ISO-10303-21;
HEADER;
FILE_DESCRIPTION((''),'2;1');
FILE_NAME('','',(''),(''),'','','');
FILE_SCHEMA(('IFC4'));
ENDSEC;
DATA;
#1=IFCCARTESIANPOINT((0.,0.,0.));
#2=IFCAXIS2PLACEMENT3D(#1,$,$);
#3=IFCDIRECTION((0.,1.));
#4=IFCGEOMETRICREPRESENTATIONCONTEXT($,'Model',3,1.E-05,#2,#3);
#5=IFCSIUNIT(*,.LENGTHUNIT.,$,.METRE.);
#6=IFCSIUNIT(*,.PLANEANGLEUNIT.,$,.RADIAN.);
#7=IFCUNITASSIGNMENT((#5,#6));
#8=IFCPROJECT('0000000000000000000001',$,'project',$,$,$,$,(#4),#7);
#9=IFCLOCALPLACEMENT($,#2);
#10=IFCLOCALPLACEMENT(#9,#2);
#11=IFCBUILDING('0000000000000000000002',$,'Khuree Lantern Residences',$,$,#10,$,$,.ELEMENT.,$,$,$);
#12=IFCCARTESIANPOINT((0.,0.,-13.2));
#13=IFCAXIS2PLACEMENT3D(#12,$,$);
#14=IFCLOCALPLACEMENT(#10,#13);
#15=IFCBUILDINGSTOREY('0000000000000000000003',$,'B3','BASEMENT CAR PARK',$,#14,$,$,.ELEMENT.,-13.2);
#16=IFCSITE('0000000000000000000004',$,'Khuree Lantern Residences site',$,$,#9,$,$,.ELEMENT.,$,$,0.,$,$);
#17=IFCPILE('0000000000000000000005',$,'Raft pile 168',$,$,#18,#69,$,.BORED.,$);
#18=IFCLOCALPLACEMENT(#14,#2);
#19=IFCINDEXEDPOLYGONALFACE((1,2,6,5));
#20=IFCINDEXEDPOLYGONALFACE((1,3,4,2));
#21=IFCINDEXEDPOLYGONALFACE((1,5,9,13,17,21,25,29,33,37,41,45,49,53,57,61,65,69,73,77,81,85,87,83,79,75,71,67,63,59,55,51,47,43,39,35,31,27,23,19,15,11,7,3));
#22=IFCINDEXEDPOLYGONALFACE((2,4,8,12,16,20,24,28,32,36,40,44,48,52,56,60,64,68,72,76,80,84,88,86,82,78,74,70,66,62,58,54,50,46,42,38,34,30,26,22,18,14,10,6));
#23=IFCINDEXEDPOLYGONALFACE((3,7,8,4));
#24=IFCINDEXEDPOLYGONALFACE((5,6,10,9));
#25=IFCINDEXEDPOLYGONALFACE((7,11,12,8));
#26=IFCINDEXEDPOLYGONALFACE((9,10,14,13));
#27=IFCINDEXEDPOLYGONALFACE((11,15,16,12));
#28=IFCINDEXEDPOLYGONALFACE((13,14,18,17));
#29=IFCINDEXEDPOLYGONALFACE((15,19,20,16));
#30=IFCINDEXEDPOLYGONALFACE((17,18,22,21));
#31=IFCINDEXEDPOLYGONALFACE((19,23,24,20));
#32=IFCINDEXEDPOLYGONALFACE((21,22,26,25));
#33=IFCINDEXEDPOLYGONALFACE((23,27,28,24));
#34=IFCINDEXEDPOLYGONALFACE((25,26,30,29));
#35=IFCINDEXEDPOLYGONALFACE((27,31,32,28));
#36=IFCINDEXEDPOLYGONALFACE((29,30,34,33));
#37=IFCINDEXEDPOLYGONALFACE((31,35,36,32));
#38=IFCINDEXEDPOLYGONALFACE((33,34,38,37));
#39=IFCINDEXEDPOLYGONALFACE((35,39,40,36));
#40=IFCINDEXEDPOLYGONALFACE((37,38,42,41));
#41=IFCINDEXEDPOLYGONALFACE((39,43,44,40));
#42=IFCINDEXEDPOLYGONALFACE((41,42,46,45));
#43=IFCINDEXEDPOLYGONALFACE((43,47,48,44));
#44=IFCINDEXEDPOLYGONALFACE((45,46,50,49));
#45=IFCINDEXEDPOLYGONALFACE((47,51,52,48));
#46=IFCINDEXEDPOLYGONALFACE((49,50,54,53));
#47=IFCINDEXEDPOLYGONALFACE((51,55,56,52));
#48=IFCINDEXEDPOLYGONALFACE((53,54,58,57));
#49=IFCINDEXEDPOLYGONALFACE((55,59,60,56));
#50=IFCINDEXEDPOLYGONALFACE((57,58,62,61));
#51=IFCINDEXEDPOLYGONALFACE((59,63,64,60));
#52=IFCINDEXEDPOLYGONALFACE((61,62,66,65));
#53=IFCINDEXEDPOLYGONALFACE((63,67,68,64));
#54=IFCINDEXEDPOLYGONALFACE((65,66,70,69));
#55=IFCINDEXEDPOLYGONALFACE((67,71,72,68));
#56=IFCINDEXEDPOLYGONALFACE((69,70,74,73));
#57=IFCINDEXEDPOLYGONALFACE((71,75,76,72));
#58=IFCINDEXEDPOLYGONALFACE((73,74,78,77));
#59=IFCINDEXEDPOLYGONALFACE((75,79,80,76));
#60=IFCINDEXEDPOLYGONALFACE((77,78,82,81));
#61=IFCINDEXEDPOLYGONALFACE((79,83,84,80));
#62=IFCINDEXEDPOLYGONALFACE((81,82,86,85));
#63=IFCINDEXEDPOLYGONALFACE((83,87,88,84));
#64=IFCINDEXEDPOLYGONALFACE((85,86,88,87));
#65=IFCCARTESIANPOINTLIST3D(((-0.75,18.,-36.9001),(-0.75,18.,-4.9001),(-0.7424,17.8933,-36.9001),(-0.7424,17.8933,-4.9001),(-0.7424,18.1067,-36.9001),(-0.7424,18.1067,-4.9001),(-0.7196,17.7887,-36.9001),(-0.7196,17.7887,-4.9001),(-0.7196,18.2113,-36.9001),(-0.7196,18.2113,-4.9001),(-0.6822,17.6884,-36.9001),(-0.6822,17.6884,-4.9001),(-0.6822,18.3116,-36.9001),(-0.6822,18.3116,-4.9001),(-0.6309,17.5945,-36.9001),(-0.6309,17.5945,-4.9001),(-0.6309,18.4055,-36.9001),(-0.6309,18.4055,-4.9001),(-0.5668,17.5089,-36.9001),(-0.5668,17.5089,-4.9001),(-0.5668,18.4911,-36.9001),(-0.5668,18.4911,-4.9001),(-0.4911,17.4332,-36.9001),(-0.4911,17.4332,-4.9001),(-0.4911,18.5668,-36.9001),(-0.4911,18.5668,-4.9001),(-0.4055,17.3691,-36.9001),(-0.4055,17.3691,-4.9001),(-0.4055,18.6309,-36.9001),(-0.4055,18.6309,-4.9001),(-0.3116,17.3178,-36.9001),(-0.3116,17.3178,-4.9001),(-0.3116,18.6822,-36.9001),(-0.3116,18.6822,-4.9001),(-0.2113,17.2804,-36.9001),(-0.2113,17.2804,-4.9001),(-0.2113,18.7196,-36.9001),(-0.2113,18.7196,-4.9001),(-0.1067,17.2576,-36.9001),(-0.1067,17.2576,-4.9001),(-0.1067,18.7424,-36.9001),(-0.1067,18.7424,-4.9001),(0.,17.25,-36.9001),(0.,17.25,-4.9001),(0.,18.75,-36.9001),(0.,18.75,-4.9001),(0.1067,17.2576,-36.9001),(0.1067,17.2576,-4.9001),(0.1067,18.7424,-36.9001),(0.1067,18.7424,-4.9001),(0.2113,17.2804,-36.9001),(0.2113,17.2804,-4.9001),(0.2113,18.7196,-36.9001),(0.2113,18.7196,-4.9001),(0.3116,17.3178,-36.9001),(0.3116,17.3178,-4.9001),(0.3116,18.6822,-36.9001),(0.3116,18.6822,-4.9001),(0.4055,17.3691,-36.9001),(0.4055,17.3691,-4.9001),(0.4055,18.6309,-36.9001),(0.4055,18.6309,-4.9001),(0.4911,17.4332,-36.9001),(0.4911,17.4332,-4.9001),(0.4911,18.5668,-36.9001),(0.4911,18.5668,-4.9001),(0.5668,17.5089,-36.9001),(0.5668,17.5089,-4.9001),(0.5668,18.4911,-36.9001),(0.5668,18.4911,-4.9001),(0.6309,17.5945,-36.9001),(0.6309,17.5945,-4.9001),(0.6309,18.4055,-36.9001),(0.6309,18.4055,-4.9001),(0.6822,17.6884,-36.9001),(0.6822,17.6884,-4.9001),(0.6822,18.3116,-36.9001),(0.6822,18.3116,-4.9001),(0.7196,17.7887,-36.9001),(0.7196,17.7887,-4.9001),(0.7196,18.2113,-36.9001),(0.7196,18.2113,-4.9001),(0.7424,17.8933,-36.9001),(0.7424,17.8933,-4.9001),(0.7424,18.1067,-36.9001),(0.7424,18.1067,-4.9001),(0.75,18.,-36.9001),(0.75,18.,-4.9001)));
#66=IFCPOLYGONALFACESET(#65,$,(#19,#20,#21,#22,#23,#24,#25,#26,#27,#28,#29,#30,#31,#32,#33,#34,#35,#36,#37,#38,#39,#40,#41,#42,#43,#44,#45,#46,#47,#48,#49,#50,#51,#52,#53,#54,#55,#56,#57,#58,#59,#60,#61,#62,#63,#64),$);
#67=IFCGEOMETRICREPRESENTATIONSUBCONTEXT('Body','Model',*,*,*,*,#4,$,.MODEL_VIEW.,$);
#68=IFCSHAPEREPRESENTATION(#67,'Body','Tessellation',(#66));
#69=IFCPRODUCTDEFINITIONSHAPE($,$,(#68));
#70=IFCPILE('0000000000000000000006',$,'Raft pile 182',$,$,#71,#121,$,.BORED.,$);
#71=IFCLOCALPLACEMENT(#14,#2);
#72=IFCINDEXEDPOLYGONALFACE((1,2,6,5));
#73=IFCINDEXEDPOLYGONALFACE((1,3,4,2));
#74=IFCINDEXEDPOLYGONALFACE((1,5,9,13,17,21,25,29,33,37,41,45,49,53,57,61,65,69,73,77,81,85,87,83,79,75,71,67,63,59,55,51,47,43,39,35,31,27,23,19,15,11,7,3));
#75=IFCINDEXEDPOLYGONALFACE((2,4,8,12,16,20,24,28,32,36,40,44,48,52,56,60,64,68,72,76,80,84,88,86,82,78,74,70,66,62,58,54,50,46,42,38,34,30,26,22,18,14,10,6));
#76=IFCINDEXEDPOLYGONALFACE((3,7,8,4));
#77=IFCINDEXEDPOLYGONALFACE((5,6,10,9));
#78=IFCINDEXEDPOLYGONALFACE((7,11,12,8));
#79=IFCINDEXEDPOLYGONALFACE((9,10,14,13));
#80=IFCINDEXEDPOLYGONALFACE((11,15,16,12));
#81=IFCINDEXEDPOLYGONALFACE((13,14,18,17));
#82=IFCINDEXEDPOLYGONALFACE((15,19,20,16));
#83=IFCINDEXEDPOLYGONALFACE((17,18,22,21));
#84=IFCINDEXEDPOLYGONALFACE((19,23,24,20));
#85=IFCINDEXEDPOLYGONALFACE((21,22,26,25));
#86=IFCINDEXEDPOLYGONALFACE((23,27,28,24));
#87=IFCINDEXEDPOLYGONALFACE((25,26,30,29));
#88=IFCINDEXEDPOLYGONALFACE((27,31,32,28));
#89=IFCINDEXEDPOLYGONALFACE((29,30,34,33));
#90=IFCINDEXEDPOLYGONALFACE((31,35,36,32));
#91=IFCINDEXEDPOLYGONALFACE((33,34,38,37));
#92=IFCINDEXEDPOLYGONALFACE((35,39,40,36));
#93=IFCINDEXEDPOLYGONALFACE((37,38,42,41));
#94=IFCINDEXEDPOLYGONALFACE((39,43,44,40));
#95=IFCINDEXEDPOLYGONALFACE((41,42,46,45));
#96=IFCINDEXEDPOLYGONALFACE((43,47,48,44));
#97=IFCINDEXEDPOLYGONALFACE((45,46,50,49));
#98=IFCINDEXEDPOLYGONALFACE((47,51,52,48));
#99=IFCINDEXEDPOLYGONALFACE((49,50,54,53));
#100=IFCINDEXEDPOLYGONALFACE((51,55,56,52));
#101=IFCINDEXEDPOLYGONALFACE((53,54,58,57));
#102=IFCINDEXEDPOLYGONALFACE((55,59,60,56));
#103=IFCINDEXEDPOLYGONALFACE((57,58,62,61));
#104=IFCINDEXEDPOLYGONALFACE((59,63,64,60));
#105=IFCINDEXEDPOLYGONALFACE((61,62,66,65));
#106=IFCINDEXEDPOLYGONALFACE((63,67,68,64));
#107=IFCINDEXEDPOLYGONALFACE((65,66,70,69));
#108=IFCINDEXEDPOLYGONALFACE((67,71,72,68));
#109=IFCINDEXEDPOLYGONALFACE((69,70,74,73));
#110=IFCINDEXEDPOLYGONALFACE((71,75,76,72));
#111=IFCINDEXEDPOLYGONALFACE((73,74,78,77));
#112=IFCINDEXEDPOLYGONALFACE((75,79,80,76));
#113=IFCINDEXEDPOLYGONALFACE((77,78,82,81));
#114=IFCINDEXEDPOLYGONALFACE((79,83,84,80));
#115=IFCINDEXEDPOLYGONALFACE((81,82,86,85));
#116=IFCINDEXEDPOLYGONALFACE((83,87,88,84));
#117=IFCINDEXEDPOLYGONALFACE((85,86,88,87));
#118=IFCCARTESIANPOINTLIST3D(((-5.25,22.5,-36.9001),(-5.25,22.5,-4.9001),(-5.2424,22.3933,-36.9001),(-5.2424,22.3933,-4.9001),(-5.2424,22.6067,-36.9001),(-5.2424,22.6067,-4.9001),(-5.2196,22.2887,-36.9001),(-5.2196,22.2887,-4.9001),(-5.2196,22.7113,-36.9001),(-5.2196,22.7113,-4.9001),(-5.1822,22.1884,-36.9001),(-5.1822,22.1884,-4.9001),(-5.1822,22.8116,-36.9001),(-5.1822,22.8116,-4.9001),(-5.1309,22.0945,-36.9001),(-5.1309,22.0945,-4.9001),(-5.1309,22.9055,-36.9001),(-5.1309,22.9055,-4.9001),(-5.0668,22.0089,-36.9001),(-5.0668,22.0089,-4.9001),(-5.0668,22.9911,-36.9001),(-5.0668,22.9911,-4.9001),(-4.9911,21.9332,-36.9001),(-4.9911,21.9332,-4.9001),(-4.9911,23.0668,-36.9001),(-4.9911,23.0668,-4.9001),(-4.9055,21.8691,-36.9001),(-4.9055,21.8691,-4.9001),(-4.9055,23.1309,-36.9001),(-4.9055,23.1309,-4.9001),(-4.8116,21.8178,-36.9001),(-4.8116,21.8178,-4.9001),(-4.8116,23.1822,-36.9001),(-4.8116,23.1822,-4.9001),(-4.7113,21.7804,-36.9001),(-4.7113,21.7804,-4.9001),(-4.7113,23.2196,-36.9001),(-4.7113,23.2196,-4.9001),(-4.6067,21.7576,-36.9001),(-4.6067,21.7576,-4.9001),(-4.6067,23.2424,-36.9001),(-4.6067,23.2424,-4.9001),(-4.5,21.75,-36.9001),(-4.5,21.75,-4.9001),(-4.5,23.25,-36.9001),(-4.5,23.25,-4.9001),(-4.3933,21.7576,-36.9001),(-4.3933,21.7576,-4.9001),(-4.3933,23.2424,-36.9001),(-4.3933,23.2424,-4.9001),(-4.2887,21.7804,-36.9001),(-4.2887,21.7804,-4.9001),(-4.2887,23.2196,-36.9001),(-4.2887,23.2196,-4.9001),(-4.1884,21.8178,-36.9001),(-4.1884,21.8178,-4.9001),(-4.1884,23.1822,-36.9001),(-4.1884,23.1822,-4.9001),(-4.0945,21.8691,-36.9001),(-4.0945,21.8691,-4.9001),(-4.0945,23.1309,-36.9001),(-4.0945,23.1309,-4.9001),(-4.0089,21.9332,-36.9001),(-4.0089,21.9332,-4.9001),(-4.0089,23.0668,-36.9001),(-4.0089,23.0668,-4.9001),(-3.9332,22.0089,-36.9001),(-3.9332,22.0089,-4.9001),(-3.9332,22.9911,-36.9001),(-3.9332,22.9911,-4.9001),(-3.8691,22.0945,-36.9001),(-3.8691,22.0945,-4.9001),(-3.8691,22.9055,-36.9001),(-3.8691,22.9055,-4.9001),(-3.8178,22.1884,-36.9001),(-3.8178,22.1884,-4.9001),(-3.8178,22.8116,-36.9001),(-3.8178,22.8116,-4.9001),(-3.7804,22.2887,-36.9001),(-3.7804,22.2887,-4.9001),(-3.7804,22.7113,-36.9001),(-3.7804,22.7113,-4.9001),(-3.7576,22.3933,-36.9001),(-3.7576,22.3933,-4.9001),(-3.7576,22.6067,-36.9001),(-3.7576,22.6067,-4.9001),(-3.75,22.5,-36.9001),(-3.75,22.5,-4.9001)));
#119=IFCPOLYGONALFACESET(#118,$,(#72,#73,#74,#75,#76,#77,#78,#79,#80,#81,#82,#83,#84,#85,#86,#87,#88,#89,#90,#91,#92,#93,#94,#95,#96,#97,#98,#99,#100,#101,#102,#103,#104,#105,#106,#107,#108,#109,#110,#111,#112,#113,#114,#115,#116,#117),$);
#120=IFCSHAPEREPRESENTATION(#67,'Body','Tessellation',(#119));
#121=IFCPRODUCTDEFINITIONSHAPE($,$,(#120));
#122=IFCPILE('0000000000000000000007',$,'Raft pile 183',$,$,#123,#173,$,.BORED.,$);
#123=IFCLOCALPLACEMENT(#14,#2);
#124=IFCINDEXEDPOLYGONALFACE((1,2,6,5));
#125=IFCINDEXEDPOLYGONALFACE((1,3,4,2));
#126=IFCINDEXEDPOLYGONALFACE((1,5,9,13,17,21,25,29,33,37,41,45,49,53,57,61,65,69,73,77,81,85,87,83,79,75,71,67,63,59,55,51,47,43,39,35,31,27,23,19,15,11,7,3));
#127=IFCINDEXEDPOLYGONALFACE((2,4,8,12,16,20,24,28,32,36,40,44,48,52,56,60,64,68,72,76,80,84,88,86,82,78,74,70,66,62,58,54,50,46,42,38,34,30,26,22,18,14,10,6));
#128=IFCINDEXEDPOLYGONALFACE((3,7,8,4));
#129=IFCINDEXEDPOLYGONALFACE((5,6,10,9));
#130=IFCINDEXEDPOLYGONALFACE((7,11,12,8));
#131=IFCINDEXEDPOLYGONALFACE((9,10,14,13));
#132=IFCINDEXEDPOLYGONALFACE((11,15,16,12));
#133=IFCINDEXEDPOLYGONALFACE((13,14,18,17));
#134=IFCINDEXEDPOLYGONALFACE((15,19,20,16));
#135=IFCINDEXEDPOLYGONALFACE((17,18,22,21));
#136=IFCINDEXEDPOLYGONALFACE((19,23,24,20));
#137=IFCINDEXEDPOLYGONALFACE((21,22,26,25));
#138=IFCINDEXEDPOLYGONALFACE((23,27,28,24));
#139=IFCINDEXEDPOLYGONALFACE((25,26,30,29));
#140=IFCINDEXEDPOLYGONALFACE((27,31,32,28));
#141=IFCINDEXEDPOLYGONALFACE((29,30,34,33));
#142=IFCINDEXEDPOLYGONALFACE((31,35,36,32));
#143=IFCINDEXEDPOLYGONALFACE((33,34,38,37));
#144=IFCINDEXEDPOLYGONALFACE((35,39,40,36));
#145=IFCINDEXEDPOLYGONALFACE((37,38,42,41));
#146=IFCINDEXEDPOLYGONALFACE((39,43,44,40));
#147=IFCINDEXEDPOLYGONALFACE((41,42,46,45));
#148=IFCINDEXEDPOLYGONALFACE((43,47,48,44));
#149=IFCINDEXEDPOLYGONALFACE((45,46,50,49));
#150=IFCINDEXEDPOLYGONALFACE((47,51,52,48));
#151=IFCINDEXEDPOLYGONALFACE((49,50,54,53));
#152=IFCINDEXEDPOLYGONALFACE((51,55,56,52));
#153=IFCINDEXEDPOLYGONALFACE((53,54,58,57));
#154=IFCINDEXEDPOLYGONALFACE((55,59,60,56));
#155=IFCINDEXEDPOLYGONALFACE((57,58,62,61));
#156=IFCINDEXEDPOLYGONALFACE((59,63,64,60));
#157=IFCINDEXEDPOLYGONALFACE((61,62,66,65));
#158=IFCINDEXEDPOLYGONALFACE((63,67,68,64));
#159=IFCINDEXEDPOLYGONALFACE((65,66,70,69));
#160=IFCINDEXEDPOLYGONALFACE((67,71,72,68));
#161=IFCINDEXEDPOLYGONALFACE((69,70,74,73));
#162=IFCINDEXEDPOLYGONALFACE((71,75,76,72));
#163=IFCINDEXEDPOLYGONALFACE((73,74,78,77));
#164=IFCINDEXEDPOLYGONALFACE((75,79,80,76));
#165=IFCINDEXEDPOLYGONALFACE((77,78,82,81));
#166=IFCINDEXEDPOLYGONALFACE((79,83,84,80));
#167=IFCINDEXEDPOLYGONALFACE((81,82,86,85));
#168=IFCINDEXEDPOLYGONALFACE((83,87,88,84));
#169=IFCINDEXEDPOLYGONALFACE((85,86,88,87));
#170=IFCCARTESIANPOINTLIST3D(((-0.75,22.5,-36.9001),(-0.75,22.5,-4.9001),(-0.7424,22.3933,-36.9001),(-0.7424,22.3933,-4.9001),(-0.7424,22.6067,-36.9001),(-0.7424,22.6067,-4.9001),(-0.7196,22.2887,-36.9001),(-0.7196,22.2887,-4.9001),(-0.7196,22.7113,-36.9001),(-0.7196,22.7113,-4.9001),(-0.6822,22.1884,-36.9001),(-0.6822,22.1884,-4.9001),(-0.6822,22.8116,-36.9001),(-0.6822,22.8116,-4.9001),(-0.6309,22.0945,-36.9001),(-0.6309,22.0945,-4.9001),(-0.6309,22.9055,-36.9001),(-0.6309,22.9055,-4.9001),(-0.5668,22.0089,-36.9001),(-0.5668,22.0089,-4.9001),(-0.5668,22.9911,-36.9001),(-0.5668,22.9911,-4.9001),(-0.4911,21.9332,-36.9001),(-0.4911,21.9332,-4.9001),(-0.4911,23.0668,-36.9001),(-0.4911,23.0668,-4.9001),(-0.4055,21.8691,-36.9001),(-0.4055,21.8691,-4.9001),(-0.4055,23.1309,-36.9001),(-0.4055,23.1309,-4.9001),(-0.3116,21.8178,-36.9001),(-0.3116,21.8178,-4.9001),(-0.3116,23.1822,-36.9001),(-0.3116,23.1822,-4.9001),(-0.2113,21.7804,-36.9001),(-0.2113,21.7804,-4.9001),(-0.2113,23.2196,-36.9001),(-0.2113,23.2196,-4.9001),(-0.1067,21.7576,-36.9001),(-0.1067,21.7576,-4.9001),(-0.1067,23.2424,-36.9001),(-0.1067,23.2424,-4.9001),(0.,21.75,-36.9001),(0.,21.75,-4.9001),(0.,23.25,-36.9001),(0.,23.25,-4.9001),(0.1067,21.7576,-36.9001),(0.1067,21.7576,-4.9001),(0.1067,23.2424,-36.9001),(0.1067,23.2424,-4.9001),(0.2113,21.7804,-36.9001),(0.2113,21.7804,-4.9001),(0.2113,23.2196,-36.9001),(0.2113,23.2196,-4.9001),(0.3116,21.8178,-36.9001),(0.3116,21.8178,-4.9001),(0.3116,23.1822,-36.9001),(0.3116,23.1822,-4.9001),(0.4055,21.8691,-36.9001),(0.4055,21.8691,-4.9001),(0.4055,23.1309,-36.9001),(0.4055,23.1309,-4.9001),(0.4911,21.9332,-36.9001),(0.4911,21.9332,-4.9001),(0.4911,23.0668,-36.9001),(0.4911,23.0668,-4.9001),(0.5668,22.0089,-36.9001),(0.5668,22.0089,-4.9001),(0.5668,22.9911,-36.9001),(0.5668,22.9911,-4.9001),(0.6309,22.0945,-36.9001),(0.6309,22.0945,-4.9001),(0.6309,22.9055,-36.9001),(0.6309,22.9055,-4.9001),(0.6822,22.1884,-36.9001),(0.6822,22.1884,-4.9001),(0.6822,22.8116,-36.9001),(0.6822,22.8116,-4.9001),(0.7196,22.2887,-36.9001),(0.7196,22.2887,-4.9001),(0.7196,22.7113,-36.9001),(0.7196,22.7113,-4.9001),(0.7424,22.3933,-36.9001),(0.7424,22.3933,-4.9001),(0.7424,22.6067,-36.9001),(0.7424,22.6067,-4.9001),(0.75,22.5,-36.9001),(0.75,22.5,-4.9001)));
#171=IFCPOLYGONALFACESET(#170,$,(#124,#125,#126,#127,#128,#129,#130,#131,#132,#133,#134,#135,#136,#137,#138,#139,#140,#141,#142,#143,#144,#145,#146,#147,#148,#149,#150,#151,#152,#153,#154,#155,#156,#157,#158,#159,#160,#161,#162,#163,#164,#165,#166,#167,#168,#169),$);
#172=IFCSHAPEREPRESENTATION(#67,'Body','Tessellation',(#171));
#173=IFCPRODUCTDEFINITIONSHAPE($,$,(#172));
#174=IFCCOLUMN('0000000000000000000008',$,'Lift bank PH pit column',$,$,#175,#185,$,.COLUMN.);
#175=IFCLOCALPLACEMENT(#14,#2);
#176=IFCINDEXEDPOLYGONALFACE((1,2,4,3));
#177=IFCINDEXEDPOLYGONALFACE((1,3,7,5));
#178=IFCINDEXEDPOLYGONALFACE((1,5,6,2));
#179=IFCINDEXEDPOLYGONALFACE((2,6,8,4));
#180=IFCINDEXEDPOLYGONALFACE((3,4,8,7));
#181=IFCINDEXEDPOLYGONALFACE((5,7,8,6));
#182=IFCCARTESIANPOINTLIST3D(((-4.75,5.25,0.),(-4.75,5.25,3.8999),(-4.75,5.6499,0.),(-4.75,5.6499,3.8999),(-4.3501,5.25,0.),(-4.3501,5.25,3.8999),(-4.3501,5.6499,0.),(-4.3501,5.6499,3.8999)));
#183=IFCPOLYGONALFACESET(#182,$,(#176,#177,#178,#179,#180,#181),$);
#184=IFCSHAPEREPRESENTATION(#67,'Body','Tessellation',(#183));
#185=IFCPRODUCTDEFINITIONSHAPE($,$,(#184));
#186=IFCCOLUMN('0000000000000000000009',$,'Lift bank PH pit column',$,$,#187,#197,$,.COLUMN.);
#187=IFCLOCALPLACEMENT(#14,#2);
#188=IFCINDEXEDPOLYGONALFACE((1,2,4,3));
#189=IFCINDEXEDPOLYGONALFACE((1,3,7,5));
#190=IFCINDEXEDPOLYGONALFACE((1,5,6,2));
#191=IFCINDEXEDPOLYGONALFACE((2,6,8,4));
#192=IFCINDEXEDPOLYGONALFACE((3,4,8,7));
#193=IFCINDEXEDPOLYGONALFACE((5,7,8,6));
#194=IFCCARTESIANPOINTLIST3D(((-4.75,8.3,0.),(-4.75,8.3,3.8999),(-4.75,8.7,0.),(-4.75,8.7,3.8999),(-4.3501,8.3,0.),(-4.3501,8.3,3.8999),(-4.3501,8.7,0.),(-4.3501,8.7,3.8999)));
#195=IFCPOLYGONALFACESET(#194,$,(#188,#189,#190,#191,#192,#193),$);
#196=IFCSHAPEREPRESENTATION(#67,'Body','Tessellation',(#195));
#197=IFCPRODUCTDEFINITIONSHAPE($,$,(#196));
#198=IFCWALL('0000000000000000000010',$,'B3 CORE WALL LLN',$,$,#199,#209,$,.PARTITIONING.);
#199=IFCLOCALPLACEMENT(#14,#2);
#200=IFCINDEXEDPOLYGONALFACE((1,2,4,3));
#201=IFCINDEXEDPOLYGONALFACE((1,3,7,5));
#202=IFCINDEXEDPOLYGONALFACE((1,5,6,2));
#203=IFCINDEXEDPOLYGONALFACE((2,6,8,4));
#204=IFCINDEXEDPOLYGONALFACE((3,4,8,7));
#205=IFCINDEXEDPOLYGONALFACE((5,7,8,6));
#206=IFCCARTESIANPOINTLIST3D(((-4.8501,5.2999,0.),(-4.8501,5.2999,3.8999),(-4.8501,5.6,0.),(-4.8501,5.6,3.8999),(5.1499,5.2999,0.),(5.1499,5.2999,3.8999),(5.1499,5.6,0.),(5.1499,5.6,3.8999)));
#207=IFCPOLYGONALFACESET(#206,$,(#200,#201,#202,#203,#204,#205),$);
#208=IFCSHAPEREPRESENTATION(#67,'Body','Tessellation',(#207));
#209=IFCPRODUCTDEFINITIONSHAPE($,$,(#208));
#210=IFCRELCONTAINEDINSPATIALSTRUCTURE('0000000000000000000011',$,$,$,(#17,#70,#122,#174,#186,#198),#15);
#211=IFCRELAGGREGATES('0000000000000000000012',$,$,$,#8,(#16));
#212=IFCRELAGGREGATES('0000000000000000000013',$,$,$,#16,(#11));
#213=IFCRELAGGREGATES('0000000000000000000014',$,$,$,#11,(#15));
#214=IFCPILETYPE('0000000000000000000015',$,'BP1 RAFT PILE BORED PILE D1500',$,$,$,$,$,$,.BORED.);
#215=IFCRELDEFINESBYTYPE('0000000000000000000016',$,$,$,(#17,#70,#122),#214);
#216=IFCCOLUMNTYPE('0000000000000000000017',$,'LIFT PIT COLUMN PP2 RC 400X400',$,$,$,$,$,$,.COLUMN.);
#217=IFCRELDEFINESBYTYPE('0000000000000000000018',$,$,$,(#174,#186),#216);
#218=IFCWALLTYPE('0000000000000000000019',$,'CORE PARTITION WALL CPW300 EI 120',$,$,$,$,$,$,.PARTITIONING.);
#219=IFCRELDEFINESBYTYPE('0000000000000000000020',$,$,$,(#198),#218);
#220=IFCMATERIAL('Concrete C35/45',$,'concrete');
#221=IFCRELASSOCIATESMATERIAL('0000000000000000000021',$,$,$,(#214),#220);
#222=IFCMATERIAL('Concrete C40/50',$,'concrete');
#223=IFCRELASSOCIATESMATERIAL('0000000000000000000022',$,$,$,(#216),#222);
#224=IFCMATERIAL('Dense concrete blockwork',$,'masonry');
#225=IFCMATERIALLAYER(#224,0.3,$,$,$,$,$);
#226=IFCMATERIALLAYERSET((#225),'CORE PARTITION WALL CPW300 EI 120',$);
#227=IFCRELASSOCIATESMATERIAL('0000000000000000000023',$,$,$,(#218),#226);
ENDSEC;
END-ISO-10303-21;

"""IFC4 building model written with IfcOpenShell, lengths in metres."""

from ifc_helpers import new_model, si_unit, direction, frame, frame_2d, origin, origin_2d, place, context, subcontext, project, spatial, rectangle, circle, extrude, material, layer, layer_set, material_profile, profile_set, type_object, element, save


model = new_model("IFC4")

# Units and contexts
model_context = context("Model", 3, precision=1e-05, world=origin(), true_north=direction((0.0, 1.0)))
body_context = subcontext(model_context, "Body", "Model", "MODEL_VIEW")
ifc_project = project(units=[si_unit("LENGTHUNIT", "METRE"), si_unit("PLANEANGLEUNIT", "RADIAN")], contexts=[model_context])

# Site, building, storey
site_placement = place(None, origin())
site = spatial("IfcSite", under=ifc_project, at=site_placement, Name="Khuree Lantern Residences site", CompositionType="ELEMENT", RefElevation=0.0)
building_placement = place(site_placement, origin())
building = spatial("IfcBuilding", under=site, at=building_placement, Name="Khuree Lantern Residences", CompositionType="ELEMENT")
storey_placement = place(building_placement, frame((0.0, 0.0, -13.2)))
storey = spatial("IfcBuildingStorey", under=building, at=storey_placement, Name="B3", Description="BASEMENT CAR PARK", CompositionType="ELEMENT", Elevation=-13.2)

# Piles
ifc_material_1 = material(Name="Concrete C35/45", Category="concrete")
ifc_material_profile_1 = material_profile(ifc_material_1, circle(Radius=0.75, at=origin_2d()), Name="BORED PILE D1500")
ifc_profile_set_1 = profile_set([ifc_material_profile_1], Name="Concrete C35/45")
pile_type = type_object("IfcPileType", Name="BP1 RAFT PILE BORED PILE D1500", PredefinedType="BORED", material=ifc_profile_set_1)
for number, where, z_axis, x_axis, name in (
    (1, (0.0, 18.0, -4.9001), (0.0, 0.0, -1.0), (1.0, 0.0, 0.0), "Raft pile 168"),
    (2, (-4.5, 22.5, -4.9001), (0.0, 0.0, -1.0), (1.0, 0.0, 0.0), "Raft pile 182"),
    (3, (0.0, 22.5, -4.9001), (0.0, 0.0, -1.0), (1.0, 0.0, 0.0), "Raft pile 183"),
):
    element("IfcPile", number, at=place(storey_placement, frame(where, z_axis=z_axis, x_axis=x_axis)), inside=storey, type_object=pile_type, Name=name, PredefinedType="BORED", context=body_context, shape_type="SweptSolid", body=[
        extrude(circle(Radius=0.75, at=origin_2d()), origin(), (0.0, 0.0, 1.0), 32.0),
    ])

# Columns
ifc_material_2 = material(Name="Concrete C40/50", Category="concrete")
ifc_material_profile_2 = material_profile(ifc_material_2, rectangle(XDim=0.3999, YDim=0.3999, at=origin_2d()), Name="RC 400X400")
ifc_profile_set_2 = profile_set([ifc_material_profile_2], Name="Concrete C40/50")
column_type = type_object("IfcColumnType", Name="LIFT PIT COLUMN PP2 RC 400X400", PredefinedType="COLUMN", material=ifc_profile_set_2)
for number, where, z_axis, x_axis, name in (
    (4, (-4.55, 5.45, 0.0), (0.0, 0.0, 1.0), (1.0, 0.0, 0.0), "Lift bank PH pit column"),
    (5, (-4.55, 8.5, 0.0), (0.0, 0.0, 1.0), (1.0, 0.0, 0.0), "Lift bank PH pit column"),
):
    element("IfcColumn", number, at=place(storey_placement, frame(where, z_axis=z_axis, x_axis=x_axis)), inside=storey, type_object=column_type, Name=name, PredefinedType="COLUMN", context=body_context, shape_type="SweptSolid", body=[
        extrude(rectangle(XDim=0.3999, YDim=0.3999, at=origin_2d()), origin(), (0.0, 0.0, 1.0), 3.8999),
    ])

# Wall
ifc_material_3 = material(Name="Dense concrete blockwork", Category="masonry")
ifc_layer_1 = layer(ifc_material_3, 0.3)
ifc_layer_set_1 = layer_set([ifc_layer_1], Name="CORE PARTITION WALL CPW300 EI 120")
wall_type_1 = type_object("IfcWallType", Name="CORE PARTITION WALL CPW300 EI 120", PredefinedType="PARTITIONING", material=ifc_layer_set_1)
wall_1_placement = place(storey_placement, frame((-4.8501, 5.45, 0.0), z_axis=(0.0, 0.0, 1.0), x_axis=(1.0, 0.0, 0.0)))
element("IfcWall", 6, at=wall_1_placement, inside=storey, type_object=wall_type_1, Name="B3 CORE WALL LLN", PredefinedType="PARTITIONING", context=body_context, shape_type="SweptSolid", body=[
    extrude(rectangle(XDim=10.0, YDim=0.3, at=frame_2d((5.0, 0.0))), origin(), (0.0, 0.0, 1.0), 3.8999),
])

save(model, "model.ifc")
